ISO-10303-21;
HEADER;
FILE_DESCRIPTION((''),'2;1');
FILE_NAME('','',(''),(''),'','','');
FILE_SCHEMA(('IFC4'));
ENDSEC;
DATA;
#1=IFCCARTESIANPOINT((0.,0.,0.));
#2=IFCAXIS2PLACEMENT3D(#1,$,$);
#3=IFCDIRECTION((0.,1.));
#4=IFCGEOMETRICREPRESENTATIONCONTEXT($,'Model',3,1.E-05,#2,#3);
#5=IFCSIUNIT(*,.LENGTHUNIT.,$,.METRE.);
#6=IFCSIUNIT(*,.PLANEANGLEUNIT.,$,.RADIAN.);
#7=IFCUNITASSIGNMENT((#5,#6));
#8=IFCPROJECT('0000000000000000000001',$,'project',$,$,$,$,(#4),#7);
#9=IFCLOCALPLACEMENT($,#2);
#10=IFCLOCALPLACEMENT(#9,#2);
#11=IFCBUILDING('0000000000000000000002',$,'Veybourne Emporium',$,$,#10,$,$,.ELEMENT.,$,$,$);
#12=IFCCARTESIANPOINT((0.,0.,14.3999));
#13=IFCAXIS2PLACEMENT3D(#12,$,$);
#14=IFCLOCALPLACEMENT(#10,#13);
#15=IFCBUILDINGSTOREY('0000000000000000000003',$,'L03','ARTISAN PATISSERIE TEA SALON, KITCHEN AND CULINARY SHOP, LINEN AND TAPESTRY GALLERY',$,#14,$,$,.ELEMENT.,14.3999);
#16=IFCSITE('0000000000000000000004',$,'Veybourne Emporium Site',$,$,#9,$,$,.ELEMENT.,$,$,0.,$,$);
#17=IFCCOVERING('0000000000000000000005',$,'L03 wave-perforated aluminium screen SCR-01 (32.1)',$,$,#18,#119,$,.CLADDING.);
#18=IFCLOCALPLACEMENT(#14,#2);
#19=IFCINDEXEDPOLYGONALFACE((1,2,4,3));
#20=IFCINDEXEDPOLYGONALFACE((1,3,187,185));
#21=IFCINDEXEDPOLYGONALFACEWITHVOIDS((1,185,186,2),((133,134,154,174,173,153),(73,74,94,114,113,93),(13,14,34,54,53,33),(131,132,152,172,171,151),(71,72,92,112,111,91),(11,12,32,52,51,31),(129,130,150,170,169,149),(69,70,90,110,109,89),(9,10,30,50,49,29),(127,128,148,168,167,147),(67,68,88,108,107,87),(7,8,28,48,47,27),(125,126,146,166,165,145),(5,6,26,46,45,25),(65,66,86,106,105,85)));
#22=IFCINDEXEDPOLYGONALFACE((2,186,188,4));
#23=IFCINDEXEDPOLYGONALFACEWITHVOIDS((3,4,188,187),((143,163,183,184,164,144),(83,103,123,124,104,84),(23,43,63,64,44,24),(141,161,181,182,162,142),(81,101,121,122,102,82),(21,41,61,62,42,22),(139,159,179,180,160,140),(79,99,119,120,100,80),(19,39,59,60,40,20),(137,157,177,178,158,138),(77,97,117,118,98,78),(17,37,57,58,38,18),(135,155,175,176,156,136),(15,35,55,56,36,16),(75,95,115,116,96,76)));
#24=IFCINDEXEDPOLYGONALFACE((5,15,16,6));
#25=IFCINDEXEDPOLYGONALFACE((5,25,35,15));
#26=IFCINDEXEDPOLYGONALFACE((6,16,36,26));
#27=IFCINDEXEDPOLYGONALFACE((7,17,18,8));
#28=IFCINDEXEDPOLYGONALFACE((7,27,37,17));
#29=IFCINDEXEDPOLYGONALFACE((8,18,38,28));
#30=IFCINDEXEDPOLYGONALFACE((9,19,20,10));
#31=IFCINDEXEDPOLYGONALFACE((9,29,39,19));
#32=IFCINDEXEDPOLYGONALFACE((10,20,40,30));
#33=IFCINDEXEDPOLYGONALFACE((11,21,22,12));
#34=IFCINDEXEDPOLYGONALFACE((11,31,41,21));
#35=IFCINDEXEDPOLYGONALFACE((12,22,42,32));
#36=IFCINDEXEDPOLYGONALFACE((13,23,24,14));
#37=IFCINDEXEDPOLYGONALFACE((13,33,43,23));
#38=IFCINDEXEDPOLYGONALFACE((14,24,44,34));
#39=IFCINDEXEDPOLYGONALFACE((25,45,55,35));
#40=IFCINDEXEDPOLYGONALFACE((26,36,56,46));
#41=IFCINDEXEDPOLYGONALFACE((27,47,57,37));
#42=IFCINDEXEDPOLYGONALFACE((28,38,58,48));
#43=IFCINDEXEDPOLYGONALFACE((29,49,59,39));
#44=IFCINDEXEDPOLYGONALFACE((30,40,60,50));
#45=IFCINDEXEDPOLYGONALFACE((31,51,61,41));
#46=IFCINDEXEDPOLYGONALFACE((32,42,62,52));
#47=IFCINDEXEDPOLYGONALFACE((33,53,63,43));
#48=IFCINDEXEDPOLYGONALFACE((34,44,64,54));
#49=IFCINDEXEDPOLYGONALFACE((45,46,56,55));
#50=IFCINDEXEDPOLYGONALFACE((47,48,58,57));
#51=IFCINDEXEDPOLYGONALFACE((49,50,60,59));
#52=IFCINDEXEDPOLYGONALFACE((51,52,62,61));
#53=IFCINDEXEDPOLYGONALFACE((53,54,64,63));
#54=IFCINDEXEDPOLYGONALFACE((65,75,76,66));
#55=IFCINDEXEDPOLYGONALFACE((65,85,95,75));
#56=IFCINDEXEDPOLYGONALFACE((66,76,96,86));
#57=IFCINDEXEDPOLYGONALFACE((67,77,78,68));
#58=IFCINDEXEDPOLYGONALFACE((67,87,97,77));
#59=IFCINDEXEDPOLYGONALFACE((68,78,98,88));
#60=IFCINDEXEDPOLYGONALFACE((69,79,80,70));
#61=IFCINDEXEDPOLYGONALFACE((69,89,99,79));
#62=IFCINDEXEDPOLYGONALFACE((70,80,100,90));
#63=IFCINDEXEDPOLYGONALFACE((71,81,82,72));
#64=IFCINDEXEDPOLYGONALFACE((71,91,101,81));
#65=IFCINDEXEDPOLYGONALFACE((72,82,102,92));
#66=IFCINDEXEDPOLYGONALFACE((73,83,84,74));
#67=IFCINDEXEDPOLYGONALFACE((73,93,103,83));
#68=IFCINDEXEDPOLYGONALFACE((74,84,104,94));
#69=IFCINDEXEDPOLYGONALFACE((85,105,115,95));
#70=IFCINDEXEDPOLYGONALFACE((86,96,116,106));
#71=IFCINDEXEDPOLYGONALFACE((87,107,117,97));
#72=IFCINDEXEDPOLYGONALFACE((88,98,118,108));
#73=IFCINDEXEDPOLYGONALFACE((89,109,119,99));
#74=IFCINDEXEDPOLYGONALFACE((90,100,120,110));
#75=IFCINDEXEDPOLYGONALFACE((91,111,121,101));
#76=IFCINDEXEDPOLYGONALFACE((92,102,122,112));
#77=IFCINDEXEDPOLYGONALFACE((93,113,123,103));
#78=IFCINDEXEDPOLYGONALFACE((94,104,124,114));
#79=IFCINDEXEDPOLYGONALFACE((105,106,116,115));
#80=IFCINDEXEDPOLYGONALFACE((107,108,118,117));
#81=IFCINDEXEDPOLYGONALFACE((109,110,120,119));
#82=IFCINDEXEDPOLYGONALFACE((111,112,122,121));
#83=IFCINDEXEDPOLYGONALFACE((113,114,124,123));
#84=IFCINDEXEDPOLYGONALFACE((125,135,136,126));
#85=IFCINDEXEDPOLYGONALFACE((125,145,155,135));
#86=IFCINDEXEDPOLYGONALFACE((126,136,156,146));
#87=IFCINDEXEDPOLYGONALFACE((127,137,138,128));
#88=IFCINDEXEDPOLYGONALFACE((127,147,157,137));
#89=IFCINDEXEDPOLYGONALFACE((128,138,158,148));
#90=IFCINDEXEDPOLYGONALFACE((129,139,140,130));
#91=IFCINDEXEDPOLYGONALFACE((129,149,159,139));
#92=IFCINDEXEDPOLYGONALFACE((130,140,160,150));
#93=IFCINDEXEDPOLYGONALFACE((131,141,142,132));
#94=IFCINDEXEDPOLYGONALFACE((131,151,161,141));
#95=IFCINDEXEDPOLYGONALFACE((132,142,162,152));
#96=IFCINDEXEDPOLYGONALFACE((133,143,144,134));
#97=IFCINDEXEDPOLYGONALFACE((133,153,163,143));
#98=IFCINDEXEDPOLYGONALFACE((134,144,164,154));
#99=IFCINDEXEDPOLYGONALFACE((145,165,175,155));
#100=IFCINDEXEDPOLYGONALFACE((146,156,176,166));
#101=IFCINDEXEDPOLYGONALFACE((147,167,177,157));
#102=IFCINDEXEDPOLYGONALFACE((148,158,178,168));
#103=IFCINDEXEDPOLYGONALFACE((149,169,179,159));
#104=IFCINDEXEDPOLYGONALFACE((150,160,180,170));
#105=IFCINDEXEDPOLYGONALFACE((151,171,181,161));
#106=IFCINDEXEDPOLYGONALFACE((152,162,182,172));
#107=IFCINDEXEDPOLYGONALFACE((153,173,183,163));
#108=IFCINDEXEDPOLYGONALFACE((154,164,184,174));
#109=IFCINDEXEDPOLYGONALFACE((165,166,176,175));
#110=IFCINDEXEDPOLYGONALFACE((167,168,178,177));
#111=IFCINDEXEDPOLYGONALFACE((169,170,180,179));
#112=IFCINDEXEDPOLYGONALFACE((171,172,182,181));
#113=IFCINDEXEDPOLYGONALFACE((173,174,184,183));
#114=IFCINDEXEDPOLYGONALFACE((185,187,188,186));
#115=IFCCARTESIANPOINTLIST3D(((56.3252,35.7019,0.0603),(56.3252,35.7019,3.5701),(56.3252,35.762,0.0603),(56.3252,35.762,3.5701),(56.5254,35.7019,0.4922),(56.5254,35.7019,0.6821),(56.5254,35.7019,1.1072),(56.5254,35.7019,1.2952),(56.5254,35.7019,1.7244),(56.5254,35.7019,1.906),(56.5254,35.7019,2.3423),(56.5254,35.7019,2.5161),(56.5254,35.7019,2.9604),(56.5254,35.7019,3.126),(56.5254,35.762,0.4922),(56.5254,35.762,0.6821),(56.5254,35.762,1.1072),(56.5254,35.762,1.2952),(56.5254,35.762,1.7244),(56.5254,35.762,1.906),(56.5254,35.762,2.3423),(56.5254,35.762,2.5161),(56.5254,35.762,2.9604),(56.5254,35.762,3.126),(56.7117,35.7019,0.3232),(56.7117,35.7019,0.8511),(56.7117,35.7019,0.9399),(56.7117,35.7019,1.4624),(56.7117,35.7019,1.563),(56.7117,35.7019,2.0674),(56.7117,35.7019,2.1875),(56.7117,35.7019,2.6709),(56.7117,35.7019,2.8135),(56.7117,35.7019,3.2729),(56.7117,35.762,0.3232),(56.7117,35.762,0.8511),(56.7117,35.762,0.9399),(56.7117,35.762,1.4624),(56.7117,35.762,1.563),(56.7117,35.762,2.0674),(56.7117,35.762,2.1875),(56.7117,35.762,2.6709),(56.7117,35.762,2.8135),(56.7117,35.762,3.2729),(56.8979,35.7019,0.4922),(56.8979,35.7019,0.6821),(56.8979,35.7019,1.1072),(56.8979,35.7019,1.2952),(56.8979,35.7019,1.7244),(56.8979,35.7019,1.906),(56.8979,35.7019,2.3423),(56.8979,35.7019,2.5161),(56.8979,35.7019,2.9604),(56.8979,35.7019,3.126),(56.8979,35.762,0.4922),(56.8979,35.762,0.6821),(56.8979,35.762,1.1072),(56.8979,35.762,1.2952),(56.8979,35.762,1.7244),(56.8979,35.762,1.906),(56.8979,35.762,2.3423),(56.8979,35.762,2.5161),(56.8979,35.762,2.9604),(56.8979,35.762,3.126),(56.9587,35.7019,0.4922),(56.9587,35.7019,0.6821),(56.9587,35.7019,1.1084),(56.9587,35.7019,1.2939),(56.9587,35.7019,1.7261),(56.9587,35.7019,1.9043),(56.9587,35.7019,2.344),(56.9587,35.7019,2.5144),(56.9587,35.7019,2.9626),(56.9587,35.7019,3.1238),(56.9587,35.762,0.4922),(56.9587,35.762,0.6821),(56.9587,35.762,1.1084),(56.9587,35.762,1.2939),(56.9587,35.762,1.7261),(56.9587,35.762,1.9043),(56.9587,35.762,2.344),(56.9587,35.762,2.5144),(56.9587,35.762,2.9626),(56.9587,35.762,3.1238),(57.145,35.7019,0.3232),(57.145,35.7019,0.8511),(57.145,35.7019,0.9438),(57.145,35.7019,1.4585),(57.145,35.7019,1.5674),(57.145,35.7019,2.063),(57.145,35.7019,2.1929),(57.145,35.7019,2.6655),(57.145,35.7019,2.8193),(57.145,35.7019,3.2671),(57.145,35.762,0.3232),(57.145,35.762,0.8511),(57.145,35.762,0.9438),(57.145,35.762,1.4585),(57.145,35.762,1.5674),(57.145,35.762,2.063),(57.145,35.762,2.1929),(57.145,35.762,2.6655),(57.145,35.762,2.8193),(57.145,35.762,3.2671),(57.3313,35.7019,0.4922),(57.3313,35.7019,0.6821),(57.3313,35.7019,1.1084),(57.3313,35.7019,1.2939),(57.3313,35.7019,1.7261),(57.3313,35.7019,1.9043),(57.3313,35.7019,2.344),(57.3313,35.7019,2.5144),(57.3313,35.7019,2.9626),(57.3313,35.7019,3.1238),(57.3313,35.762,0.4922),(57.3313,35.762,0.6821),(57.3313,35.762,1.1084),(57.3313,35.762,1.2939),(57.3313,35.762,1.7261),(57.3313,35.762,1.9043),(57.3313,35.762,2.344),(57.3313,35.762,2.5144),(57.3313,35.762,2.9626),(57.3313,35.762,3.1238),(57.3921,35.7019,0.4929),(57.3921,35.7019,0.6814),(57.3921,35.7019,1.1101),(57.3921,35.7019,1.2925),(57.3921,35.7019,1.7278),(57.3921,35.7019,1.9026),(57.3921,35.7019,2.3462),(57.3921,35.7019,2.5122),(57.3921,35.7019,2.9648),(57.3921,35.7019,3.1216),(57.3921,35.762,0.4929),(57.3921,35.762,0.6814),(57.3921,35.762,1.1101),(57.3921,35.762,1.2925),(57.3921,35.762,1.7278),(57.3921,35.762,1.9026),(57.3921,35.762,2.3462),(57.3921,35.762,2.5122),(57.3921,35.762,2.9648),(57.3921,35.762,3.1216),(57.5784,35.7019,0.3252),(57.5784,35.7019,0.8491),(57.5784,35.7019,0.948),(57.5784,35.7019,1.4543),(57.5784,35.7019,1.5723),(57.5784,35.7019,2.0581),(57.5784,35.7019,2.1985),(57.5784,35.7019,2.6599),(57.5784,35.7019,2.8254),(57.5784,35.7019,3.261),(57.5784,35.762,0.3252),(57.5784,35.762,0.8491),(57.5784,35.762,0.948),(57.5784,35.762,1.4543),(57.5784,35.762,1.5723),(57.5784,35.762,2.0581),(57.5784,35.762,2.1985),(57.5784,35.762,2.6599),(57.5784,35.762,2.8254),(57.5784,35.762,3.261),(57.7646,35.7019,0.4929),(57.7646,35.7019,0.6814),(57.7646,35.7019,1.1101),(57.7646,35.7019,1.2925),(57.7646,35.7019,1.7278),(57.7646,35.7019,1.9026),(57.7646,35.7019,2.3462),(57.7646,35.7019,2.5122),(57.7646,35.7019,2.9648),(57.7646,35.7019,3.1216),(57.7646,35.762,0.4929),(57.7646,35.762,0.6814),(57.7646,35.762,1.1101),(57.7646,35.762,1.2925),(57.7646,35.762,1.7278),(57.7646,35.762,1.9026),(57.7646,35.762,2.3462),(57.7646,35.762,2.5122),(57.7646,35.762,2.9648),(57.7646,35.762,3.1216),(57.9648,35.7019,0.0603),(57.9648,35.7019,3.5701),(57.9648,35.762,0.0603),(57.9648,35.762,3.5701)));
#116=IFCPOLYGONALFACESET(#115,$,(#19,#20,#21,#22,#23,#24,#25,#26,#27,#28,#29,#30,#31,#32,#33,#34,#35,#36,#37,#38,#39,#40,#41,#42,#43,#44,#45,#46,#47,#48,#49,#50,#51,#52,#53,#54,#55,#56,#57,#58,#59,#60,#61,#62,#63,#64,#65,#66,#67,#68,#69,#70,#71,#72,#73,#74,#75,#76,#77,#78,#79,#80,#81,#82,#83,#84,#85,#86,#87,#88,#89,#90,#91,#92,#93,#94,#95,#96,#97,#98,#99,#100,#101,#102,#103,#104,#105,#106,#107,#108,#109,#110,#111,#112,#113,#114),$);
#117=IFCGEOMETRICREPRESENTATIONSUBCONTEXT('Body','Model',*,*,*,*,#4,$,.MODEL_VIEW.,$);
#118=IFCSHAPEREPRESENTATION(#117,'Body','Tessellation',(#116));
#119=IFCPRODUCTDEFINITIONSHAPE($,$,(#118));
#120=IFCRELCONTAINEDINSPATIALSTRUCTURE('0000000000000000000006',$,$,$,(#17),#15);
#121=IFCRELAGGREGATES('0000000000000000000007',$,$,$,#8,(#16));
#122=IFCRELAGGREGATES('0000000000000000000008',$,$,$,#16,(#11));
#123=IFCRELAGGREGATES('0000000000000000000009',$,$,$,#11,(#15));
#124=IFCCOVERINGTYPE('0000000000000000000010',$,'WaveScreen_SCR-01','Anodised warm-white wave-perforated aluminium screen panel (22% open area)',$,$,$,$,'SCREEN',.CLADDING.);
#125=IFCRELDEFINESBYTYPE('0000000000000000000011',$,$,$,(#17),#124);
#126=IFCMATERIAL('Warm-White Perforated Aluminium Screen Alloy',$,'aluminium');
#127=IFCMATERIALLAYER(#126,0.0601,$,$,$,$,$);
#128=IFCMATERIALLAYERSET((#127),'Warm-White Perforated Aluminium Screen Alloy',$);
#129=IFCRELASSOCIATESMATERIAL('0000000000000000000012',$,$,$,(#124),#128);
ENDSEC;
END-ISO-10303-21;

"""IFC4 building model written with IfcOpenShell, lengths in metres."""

from ifc_helpers import new_model, si_unit, direction, frame, origin, place, context, subcontext, project, spatial, polyline, outline, extrude, material, layer, layer_set, type_object, element, save


model = new_model("IFC4")

# Units and contexts
model_context = context("Model", 3, precision=1e-05, world=origin(), true_north=direction((0.0, 1.0)))
body_context = subcontext(model_context, "Body", "Model", "MODEL_VIEW")
ifc_project = project(units=[si_unit("LENGTHUNIT", "METRE"), si_unit("PLANEANGLEUNIT", "RADIAN")], contexts=[model_context])

# Site, building, storey
site_placement = place(None, origin())
site = spatial("IfcSite", under=ifc_project, at=site_placement, Name="Veybourne Emporium Site", CompositionType="ELEMENT", RefElevation=0.0)
building_placement = place(site_placement, origin())
building = spatial("IfcBuilding", under=site, at=building_placement, Name="Veybourne Emporium", CompositionType="ELEMENT")
storey_placement = place(building_placement, frame((0.0, 0.0, 14.3999)))
storey = spatial("IfcBuildingStorey", under=building, at=storey_placement, Name="L03", Description="ARTISAN PATISSERIE TEA SALON, KITCHEN AND CULINARY SHOP, LINEN AND TAPESTRY GALLERY", CompositionType="ELEMENT", Elevation=14.3999)

# Covering
ifc_material_1 = material(Name="Warm-White Perforated Aluminium Screen Alloy", Category="aluminium")
ifc_layer_1 = layer(ifc_material_1, 0.0601)
ifc_layer_set_1 = layer_set([ifc_layer_1], Name="Warm-White Perforated Aluminium Screen Alloy")
covering_type_1 = type_object("IfcCoveringType", Name="WaveScreen_SCR-01", Description="Anodised warm-white wave-perforated aluminium screen panel (22% open area)", ElementType="SCREEN", PredefinedType="CLADDING", material=ifc_layer_set_1)
covering_1_placement = place(storey_placement, frame((57.145, 35.7019, 1.8152), z_axis=(0.0, 1.0, 0.0), x_axis=(-1.0, 0.0, 0.0)))
element("IfcCovering", 1, at=covering_1_placement, inside=storey, type_object=covering_type_1, Name="L03 wave-perforated aluminium screen SCR-01 (32.1)", PredefinedType="CLADDING", context=body_context, shape_type="SweptSolid", body=[
    extrude(outline(polyline([(-0.8198, -1.7549), (0.8198, -1.7549), (0.8198, 1.7549), (-0.8198, 1.7549), (-0.8198, -1.7549)]), holes=[polyline([(-0.4333, -0.9661), (-0.2471, -1.1338), (-0.2471, -1.3223), (-0.4333, -1.49), (-0.6196, -1.3223), (-0.6196, -1.1338), (-0.4333, -0.9661)]), polyline([(-0.4333, -0.3608), (-0.2471, -0.5227), (-0.2471, -0.7051), (-0.4333, -0.8672), (-0.6196, -0.7051), (-0.6196, -0.5227), (-0.4333, -0.3608)]), polyline([(-0.4333, 0.2429), (-0.2471, 0.0874), (-0.2471, -0.0874), (-0.4333, -0.2429), (-0.6196, -0.0874), (-0.6196, 0.0874), (-0.4333, 0.2429)]), polyline([(-0.4333, 0.8447), (-0.2471, 0.697), (-0.2471, 0.531), (-0.4333, 0.3833), (-0.6196, 0.531), (-0.6196, 0.697), (-0.4333, 0.8447)]), polyline([(-0.4333, 1.4458), (-0.2471, 1.3064), (-0.2471, 1.1497), (-0.4333, 1.0103), (-0.6196, 1.1497), (-0.6196, 1.3064), (-0.4333, 1.4458)]), polyline([(0.0, -0.9641), (0.1863, -1.1331), (0.1863, -1.323), (0.0, -1.4919), (-0.1863, -1.323), (-0.1863, -1.1331), (0.0, -0.9641)]), polyline([(0.0, -0.3567), (0.1863, -0.5212), (0.1863, -0.7068), (0.0, -0.8713), (-0.1863, -0.7068), (-0.1863, -0.5212), (0.0, -0.3567)]), polyline([(0.0, 0.2478), (0.1863, 0.0891), (0.1863, -0.0891), (0.0, -0.2478), (-0.1863, -0.0891), (-0.1863, 0.0891), (0.0, 0.2478)]), polyline([(0.0, 0.8503), (0.1863, 0.6992), (0.1863, 0.5288), (0.0, 0.3777), (-0.1863, 0.5288), (-0.1863, 0.6992), (0.0, 0.8503)]), polyline([(0.0, 1.4519), (0.1863, 1.3086), (0.1863, 1.1475), (0.0, 1.0042), (-0.1863, 1.1475), (-0.1863, 1.3086), (0.0, 1.4519)]), polyline([(0.4333, -0.9641), (0.6196, -1.1331), (0.6196, -1.323), (0.4333, -1.4919), (0.2471, -1.323), (0.2471, -1.1331), (0.4333, -0.9641)]), polyline([(0.4333, -0.3528), (0.6196, -0.52), (0.6196, -0.708), (0.4333, -0.8752), (0.2471, -0.708), (0.2471, -0.52), (0.4333, -0.3528)]), polyline([(0.4333, 0.2522), (0.6196, 0.0908), (0.6196, -0.0908), (0.4333, -0.2522), (0.2471, -0.0908), (0.2471, 0.0908), (0.4333, 0.2522)]), polyline([(0.4333, 0.8557), (0.6196, 0.7009), (0.6196, 0.5271), (0.4333, 0.3723), (0.2471, 0.5271), (0.2471, 0.7009), (0.4333, 0.8557)]), polyline([(0.4333, 1.4578), (0.6196, 1.3108), (0.6196, 1.1453), (0.4333, 0.9983), (0.2471, 1.1453), (0.2471, 1.3108), (0.4333, 1.4578)])]), origin(), (0.0, 0.0, 1.0), 0.0601),
])

save(model, "model.ifc")
